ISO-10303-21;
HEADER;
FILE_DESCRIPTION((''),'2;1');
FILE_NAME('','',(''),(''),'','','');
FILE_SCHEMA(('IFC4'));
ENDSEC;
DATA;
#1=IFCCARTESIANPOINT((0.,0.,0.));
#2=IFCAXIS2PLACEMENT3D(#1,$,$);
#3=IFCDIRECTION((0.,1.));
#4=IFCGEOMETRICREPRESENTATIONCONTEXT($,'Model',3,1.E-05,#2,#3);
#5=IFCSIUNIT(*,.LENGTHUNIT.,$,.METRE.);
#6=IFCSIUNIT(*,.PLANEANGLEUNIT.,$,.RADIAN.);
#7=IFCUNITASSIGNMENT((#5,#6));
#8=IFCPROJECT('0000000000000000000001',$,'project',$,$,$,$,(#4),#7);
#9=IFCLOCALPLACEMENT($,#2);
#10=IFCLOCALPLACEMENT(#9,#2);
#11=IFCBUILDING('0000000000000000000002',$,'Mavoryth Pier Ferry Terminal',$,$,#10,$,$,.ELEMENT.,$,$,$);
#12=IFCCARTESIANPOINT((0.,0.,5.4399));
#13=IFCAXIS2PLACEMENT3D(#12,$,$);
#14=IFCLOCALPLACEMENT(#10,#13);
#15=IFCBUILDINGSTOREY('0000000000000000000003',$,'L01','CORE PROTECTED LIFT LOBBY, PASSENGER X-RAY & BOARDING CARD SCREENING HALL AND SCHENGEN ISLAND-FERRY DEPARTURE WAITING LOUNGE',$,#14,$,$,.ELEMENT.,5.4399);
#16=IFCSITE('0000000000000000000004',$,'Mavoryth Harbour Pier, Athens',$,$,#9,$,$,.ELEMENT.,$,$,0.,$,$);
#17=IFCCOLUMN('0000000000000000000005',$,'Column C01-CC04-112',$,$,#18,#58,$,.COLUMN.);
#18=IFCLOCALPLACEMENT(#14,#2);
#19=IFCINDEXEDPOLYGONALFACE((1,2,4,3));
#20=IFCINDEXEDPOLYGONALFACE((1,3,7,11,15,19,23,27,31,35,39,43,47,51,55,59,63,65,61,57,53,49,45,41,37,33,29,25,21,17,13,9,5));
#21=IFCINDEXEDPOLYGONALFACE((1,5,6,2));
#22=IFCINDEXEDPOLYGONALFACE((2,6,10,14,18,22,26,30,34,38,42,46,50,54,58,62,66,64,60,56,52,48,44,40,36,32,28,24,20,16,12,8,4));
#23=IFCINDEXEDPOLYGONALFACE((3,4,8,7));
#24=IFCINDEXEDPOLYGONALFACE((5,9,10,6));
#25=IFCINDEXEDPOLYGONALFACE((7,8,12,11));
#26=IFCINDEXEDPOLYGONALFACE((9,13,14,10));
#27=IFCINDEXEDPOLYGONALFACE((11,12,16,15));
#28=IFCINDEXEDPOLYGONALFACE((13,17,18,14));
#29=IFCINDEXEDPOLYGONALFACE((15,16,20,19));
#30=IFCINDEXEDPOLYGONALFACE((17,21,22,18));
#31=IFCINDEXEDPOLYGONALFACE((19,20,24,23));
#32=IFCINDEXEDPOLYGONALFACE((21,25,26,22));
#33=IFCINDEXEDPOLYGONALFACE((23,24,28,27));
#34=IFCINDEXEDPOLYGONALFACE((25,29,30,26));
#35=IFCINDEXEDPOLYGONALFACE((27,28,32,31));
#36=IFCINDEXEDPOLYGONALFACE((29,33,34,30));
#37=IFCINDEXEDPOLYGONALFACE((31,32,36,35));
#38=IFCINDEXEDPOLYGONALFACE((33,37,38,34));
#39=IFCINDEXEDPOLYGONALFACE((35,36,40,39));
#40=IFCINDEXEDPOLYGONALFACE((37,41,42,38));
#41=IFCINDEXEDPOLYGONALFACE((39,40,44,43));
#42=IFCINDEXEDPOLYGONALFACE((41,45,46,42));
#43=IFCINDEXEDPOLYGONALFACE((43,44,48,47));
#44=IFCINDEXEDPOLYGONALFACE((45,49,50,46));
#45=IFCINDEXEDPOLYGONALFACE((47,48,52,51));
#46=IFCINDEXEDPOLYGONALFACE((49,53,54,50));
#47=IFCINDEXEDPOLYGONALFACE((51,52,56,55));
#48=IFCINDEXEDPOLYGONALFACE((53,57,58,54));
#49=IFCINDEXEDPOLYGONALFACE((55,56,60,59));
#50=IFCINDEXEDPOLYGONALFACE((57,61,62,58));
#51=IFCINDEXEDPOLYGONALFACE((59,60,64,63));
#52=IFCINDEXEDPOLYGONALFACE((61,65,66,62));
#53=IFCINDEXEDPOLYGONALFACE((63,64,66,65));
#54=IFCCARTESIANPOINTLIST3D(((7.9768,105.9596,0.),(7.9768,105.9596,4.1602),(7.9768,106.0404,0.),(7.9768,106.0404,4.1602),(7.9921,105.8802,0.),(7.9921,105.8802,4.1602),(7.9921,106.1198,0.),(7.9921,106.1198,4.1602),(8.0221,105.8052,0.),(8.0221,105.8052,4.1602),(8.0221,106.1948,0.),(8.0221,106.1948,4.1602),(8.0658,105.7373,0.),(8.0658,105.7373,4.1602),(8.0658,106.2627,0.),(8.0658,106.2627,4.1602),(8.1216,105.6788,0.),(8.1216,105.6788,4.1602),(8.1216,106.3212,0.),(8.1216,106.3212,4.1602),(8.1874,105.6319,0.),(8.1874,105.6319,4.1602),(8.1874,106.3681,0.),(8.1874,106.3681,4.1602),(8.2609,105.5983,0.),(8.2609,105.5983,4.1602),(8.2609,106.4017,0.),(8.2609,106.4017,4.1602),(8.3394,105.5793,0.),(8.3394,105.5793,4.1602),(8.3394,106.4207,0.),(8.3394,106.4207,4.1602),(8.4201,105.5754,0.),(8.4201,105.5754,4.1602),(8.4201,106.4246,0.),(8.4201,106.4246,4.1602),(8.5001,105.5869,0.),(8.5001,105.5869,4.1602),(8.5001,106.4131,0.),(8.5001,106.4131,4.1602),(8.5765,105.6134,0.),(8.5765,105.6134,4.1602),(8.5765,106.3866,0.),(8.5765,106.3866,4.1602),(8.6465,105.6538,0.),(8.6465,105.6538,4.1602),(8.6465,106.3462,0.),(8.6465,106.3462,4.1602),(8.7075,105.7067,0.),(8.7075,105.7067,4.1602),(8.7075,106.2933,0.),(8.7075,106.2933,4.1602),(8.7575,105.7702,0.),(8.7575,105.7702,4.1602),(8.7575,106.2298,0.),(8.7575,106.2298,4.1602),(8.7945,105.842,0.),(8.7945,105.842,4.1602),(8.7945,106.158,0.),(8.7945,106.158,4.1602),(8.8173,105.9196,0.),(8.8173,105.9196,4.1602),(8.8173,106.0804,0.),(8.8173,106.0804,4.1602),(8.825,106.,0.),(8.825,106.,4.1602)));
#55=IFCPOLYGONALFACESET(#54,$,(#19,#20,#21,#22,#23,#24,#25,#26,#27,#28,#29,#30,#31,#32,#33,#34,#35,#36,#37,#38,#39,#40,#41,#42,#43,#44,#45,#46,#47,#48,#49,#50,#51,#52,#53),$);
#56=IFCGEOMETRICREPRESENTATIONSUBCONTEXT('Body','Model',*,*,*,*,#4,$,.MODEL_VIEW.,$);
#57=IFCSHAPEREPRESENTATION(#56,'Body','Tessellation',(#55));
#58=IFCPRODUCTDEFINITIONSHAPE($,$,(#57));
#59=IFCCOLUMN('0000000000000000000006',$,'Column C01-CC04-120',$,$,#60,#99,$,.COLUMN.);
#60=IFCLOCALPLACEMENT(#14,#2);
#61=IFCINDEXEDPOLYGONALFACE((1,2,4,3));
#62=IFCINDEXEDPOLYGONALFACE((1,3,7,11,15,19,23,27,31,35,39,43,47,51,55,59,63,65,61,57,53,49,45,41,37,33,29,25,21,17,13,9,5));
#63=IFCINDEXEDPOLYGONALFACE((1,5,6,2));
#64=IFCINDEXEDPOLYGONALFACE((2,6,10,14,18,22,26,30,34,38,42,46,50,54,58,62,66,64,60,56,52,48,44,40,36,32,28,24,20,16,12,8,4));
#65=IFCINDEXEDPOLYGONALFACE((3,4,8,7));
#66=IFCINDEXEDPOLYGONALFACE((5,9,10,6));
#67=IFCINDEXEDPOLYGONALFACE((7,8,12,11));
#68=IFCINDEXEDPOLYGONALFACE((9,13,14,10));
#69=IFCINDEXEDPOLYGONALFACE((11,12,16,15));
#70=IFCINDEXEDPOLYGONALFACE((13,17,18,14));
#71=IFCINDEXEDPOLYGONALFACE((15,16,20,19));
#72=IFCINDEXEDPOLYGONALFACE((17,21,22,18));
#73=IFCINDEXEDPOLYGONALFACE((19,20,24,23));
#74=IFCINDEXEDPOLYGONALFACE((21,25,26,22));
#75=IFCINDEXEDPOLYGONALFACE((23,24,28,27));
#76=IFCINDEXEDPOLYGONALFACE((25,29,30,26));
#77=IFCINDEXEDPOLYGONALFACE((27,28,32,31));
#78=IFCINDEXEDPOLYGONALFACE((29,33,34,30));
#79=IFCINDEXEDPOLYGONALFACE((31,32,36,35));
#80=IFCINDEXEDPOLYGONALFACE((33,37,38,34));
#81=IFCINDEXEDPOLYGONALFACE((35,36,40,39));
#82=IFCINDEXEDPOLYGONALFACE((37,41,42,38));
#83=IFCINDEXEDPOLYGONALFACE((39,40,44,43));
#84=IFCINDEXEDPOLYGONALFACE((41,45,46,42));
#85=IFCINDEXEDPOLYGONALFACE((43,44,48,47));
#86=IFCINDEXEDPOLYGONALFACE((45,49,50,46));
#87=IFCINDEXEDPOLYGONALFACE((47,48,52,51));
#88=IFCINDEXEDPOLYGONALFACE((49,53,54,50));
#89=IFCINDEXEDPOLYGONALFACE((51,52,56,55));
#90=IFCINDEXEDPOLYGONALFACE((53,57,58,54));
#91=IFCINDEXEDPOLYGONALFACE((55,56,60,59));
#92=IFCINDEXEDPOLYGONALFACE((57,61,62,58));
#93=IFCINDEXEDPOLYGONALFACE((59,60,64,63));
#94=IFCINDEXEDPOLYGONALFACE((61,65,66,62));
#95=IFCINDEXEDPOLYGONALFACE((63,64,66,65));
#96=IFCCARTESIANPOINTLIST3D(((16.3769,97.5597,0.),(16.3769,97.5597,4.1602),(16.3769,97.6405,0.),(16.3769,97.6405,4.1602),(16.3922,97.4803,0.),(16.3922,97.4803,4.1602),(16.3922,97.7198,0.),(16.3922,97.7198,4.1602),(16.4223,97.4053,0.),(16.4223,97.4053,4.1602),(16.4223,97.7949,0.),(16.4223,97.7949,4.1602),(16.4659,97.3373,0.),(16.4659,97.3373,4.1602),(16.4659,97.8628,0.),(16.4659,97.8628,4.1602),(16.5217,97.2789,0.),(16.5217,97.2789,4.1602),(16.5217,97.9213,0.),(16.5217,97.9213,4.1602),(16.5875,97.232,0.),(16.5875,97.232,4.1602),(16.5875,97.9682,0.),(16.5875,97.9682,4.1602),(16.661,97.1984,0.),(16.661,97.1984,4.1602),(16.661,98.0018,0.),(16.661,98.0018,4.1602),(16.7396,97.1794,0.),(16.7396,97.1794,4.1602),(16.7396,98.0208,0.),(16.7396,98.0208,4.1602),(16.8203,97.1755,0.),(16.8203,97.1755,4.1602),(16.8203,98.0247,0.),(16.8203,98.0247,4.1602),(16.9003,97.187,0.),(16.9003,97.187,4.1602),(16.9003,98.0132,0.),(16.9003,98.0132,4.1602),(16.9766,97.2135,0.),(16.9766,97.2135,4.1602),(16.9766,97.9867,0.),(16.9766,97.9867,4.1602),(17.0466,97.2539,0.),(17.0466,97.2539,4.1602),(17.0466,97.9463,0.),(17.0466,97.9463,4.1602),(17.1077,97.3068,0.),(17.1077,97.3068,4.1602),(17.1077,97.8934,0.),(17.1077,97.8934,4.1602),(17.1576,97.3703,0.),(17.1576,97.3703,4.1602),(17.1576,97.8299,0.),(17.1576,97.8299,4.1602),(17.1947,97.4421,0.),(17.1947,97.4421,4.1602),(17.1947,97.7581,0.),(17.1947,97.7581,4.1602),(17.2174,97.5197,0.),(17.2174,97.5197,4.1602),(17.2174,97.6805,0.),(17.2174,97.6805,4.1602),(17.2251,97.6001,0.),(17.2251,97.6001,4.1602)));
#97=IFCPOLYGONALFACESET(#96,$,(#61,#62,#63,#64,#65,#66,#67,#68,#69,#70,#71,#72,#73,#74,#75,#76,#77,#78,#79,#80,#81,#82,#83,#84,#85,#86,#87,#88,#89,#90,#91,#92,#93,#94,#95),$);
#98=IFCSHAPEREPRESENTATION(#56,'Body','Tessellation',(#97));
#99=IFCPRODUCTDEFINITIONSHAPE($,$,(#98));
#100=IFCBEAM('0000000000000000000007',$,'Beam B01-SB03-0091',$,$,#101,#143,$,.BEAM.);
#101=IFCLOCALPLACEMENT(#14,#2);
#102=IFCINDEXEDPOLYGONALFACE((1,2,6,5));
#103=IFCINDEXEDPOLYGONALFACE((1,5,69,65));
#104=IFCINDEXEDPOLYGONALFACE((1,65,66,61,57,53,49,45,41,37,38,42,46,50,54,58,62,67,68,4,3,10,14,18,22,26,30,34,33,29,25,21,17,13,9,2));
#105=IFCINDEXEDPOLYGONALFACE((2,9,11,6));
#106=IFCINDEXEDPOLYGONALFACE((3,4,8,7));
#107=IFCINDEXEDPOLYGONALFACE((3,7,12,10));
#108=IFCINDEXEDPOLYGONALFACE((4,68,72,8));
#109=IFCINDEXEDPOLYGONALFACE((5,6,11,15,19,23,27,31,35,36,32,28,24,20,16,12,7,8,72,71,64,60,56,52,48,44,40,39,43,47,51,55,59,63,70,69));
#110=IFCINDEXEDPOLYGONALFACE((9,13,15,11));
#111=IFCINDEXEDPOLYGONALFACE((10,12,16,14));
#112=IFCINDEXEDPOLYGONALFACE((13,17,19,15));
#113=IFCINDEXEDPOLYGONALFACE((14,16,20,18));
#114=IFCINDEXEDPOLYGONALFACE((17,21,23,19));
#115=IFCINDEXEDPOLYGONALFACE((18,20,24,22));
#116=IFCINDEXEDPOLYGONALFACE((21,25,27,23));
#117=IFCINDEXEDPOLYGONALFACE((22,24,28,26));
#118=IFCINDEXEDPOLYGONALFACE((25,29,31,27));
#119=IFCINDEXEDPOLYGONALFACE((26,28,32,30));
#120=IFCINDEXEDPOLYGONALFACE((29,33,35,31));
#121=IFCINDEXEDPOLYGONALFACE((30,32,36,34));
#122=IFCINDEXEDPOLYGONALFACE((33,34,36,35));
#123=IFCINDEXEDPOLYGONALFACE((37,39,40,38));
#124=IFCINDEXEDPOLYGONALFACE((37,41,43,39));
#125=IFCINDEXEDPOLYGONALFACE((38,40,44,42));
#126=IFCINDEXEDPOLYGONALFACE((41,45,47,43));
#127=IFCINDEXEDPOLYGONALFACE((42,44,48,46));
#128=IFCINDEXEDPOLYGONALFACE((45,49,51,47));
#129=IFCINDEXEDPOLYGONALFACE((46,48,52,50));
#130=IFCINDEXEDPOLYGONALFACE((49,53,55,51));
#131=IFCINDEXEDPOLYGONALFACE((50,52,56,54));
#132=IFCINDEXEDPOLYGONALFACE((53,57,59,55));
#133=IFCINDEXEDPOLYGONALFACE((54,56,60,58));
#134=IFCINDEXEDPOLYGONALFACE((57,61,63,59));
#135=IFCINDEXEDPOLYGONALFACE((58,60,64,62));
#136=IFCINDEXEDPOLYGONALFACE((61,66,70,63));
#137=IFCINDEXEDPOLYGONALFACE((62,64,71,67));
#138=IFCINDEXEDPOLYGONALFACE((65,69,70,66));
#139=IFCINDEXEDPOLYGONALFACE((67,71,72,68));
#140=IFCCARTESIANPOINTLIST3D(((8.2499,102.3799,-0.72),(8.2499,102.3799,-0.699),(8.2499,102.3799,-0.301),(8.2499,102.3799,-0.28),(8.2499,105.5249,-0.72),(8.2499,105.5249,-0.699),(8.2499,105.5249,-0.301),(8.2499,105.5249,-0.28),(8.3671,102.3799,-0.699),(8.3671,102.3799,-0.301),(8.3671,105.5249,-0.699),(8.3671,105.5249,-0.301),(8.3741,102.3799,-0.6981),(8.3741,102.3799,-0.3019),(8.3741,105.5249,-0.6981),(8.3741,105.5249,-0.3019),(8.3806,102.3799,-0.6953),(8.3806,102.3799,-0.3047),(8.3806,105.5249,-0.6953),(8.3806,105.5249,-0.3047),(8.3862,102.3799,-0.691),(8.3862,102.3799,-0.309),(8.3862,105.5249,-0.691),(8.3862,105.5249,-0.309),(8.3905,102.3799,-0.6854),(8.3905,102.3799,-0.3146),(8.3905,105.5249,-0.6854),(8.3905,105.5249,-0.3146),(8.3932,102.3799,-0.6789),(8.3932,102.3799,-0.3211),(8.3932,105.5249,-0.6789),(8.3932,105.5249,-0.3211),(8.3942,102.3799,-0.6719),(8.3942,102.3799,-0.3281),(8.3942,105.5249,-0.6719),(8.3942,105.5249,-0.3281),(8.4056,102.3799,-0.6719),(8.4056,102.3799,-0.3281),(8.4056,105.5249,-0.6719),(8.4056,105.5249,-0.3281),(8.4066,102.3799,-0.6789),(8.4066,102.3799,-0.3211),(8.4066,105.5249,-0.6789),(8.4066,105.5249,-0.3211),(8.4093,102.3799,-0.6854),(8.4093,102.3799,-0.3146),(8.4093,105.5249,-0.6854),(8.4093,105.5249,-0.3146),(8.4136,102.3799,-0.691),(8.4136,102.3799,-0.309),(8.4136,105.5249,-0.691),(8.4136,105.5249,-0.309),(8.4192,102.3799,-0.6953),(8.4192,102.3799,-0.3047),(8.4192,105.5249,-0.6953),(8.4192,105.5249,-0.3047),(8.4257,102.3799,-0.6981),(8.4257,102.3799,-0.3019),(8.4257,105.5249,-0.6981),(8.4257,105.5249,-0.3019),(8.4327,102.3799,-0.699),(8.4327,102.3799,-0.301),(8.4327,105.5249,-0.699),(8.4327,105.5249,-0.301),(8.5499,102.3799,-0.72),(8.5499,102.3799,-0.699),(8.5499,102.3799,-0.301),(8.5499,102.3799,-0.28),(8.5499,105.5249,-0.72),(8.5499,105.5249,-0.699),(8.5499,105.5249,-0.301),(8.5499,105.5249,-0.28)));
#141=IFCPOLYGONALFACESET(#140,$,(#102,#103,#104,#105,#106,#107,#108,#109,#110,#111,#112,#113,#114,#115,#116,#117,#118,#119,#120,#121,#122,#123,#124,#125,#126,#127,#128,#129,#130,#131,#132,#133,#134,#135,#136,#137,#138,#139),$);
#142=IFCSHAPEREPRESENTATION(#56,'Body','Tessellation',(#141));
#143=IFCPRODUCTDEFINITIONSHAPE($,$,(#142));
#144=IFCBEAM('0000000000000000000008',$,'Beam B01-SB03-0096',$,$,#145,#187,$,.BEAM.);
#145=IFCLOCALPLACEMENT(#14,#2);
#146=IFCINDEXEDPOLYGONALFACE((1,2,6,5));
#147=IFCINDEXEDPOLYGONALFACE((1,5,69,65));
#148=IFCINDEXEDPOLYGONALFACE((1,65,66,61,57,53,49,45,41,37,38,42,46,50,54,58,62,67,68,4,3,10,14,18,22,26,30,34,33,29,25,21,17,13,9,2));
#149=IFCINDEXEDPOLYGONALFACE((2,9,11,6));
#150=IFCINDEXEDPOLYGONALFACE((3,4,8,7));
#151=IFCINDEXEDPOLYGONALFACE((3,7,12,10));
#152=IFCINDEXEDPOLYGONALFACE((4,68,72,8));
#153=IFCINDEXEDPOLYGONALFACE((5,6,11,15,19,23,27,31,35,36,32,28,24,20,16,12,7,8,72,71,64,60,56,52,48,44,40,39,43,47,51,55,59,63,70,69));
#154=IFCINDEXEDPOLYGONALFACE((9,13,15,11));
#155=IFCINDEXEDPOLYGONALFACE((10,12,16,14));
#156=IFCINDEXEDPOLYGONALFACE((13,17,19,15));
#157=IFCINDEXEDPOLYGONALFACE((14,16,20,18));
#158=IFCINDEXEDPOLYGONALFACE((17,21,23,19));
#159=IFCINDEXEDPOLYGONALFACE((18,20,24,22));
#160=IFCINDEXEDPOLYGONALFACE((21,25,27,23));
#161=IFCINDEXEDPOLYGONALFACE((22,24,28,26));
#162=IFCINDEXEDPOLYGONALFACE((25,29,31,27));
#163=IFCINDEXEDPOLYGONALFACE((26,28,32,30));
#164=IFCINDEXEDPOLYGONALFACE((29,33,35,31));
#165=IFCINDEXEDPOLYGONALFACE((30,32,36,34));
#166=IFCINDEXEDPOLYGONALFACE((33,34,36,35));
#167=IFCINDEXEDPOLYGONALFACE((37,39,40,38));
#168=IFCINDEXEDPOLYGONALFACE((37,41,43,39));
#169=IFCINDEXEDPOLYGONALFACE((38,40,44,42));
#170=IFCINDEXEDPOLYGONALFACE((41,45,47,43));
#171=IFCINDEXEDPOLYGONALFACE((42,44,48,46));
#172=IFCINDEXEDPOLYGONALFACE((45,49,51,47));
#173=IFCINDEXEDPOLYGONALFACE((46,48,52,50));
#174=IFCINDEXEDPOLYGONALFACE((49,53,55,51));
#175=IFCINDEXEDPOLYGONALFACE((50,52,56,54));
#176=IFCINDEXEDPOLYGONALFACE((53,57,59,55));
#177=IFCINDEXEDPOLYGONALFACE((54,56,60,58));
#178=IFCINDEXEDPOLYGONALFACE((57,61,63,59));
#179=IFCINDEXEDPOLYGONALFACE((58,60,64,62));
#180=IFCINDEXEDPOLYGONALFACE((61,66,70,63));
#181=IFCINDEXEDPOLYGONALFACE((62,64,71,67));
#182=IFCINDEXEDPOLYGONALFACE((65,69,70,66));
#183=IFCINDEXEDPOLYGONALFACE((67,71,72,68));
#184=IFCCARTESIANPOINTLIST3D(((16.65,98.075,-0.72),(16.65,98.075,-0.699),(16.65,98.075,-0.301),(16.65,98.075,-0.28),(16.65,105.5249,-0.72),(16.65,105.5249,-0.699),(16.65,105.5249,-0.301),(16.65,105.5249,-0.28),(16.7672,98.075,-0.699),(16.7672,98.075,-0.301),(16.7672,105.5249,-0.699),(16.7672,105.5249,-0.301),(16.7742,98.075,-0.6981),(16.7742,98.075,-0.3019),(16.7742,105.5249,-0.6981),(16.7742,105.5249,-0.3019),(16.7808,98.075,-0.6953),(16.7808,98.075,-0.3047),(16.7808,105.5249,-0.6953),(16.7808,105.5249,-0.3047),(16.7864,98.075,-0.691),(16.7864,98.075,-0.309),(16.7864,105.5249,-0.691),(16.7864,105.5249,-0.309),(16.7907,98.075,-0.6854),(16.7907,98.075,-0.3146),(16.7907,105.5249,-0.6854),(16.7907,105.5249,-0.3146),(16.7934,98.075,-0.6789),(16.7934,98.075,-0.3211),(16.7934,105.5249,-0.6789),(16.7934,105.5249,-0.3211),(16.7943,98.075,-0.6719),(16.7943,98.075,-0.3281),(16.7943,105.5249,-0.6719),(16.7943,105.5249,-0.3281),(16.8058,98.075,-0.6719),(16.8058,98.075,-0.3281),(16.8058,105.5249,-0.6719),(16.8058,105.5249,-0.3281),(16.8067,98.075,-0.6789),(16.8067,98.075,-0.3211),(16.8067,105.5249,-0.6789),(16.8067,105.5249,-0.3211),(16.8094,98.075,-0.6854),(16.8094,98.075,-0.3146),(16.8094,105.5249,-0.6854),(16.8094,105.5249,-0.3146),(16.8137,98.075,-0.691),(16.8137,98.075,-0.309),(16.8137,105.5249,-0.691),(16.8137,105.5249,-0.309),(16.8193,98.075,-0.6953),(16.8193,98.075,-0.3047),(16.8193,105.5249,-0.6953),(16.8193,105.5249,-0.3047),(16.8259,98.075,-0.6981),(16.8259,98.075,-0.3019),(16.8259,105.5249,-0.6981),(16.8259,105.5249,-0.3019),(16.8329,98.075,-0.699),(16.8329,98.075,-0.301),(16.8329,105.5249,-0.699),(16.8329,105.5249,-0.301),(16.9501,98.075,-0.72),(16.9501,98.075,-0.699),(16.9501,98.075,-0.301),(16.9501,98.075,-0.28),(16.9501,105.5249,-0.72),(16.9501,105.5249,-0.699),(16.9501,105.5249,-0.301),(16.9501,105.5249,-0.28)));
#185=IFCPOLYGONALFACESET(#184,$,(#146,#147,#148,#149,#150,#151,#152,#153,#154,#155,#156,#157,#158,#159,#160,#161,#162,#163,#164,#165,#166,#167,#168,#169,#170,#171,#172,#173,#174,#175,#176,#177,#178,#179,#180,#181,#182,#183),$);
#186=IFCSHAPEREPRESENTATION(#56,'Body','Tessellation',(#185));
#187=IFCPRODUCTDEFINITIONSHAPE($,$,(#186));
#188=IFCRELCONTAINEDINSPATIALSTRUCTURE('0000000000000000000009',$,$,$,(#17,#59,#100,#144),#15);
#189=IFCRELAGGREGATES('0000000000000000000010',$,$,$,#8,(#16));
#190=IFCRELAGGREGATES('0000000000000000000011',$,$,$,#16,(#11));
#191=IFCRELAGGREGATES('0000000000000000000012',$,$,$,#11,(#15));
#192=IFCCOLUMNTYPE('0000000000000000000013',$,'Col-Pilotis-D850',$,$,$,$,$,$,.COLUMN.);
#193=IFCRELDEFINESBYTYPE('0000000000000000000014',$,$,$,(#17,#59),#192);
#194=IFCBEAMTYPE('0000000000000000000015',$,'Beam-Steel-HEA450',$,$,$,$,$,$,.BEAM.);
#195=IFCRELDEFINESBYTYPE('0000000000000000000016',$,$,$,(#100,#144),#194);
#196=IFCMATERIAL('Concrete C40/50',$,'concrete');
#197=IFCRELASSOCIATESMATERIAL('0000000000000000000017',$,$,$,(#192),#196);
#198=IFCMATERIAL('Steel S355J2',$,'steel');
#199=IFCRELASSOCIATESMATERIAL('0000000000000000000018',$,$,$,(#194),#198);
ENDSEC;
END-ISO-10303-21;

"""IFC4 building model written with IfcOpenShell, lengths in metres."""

from ifc_helpers import new_model, si_unit, direction, frame, origin, origin_2d, place, context, subcontext, project, spatial, circle, i_section, extrude, material, material_profile, profile_set, type_object, element, save


model = new_model("IFC4")

# Units and contexts
model_context = context("Model", 3, precision=1e-05, world=origin(), true_north=direction((0.0, 1.0)))
body_context = subcontext(model_context, "Body", "Model", "MODEL_VIEW")
ifc_project = project(units=[si_unit("LENGTHUNIT", "METRE"), si_unit("PLANEANGLEUNIT", "RADIAN")], contexts=[model_context])

# Site, building, storey
site_placement = place(None, origin())
site = spatial("IfcSite", under=ifc_project, at=site_placement, Name="Mavoryth Harbour Pier, Athens", CompositionType="ELEMENT", RefElevation=0.0)
building_placement = place(site_placement, origin())
building = spatial("IfcBuilding", under=site, at=building_placement, Name="Mavoryth Pier Ferry Terminal", CompositionType="ELEMENT")
storey_placement = place(building_placement, frame((0.0, 0.0, 5.4399)))
storey = spatial("IfcBuildingStorey", under=building, at=storey_placement, Name="L01", Description="CORE PROTECTED LIFT LOBBY, PASSENGER X-RAY & BOARDING CARD SCREENING HALL AND SCHENGEN ISLAND-FERRY DEPARTURE WAITING LOUNGE", CompositionType="ELEMENT", Elevation=5.4399)

# Columns
ifc_material_1 = material(Name="Concrete C40/50", Category="concrete")
ifc_material_profile_1 = material_profile(ifc_material_1, circle(Radius=0.425, at=origin_2d()), Name="RC D850", Category="concrete")
ifc_profile_set_1 = profile_set([ifc_material_profile_1], Name="Concrete C40/50 - RC D850")
column_type = type_object("IfcColumnType", Name="Col-Pilotis-D850", PredefinedType="COLUMN", material=ifc_profile_set_1)
for number, where, z_axis, x_axis, name in (
    (1, (8.3999, 106.0, 0.0), (0.0, 0.0, 1.0), (1.0, 0.0, 0.0), "Column C01-CC04-112"),
    (2, (16.8, 97.6001, 0.0), (0.0, 0.0, 1.0), (1.0, 0.0, 0.0), "Column C01-CC04-120"),
):
    element("IfcColumn", number, at=place(storey_placement, frame(where, z_axis=z_axis, x_axis=x_axis)), inside=storey, type_object=column_type, Name=name, PredefinedType="COLUMN", context=body_context, shape_type="SweptSolid", body=[
        extrude(circle(Radius=0.425, at=origin_2d()), origin(), (0.0, 0.0, 1.0), 4.1602),
    ])

# Beams
ifc_material_2 = material(Name="Steel S355J2", Category="steel")
ifc_material_profile_2 = material_profile(ifc_material_2, i_section(OverallWidth=0.3, OverallDepth=0.4399, WebThickness=0.0115, FlangeThickness=0.021, FilletRadius=0.0271, at=origin_2d()), Name="HEA 450", Category="steel")
ifc_profile_set_2 = profile_set([ifc_material_profile_2], Name="Steel S355J2 - HEA 450")
beam_type_1 = type_object("IfcBeamType", Name="Beam-Steel-HEA450", PredefinedType="BEAM", material=ifc_profile_set_2)
beam_1_placement = place(storey_placement, frame((8.3999, 102.3799, -0.5), z_axis=(0.0, 1.0, 0.0), x_axis=(-1.0, 0.0, 0.0)))
element("IfcBeam", 3, at=beam_1_placement, inside=storey, type_object=beam_type_1, Name="Beam B01-SB03-0091", PredefinedType="BEAM", context=body_context, shape_type="SweptSolid", body=[
    extrude(i_section(OverallWidth=0.3, OverallDepth=0.4399, WebThickness=0.0115, FlangeThickness=0.021, FilletRadius=0.0271, at=origin_2d()), origin(), (0.0, 0.0, 1.0), 3.145),
])
beam_2_placement = place(storey_placement, frame((16.8, 98.075, -0.5), z_axis=(0.0, 1.0, 0.0), x_axis=(-1.0, 0.0, 0.0)))
element("IfcBeam", 4, at=beam_2_placement, inside=storey, type_object=beam_type_1, Name="Beam B01-SB03-0096", PredefinedType="BEAM", context=body_context, shape_type="SweptSolid", body=[
    extrude(i_section(OverallWidth=0.3, OverallDepth=0.4399, WebThickness=0.0115, FlangeThickness=0.021, FilletRadius=0.0271, at=origin_2d()), origin(), (0.0, 0.0, 1.0), 7.45),
])

save(model, "model.ifc")
